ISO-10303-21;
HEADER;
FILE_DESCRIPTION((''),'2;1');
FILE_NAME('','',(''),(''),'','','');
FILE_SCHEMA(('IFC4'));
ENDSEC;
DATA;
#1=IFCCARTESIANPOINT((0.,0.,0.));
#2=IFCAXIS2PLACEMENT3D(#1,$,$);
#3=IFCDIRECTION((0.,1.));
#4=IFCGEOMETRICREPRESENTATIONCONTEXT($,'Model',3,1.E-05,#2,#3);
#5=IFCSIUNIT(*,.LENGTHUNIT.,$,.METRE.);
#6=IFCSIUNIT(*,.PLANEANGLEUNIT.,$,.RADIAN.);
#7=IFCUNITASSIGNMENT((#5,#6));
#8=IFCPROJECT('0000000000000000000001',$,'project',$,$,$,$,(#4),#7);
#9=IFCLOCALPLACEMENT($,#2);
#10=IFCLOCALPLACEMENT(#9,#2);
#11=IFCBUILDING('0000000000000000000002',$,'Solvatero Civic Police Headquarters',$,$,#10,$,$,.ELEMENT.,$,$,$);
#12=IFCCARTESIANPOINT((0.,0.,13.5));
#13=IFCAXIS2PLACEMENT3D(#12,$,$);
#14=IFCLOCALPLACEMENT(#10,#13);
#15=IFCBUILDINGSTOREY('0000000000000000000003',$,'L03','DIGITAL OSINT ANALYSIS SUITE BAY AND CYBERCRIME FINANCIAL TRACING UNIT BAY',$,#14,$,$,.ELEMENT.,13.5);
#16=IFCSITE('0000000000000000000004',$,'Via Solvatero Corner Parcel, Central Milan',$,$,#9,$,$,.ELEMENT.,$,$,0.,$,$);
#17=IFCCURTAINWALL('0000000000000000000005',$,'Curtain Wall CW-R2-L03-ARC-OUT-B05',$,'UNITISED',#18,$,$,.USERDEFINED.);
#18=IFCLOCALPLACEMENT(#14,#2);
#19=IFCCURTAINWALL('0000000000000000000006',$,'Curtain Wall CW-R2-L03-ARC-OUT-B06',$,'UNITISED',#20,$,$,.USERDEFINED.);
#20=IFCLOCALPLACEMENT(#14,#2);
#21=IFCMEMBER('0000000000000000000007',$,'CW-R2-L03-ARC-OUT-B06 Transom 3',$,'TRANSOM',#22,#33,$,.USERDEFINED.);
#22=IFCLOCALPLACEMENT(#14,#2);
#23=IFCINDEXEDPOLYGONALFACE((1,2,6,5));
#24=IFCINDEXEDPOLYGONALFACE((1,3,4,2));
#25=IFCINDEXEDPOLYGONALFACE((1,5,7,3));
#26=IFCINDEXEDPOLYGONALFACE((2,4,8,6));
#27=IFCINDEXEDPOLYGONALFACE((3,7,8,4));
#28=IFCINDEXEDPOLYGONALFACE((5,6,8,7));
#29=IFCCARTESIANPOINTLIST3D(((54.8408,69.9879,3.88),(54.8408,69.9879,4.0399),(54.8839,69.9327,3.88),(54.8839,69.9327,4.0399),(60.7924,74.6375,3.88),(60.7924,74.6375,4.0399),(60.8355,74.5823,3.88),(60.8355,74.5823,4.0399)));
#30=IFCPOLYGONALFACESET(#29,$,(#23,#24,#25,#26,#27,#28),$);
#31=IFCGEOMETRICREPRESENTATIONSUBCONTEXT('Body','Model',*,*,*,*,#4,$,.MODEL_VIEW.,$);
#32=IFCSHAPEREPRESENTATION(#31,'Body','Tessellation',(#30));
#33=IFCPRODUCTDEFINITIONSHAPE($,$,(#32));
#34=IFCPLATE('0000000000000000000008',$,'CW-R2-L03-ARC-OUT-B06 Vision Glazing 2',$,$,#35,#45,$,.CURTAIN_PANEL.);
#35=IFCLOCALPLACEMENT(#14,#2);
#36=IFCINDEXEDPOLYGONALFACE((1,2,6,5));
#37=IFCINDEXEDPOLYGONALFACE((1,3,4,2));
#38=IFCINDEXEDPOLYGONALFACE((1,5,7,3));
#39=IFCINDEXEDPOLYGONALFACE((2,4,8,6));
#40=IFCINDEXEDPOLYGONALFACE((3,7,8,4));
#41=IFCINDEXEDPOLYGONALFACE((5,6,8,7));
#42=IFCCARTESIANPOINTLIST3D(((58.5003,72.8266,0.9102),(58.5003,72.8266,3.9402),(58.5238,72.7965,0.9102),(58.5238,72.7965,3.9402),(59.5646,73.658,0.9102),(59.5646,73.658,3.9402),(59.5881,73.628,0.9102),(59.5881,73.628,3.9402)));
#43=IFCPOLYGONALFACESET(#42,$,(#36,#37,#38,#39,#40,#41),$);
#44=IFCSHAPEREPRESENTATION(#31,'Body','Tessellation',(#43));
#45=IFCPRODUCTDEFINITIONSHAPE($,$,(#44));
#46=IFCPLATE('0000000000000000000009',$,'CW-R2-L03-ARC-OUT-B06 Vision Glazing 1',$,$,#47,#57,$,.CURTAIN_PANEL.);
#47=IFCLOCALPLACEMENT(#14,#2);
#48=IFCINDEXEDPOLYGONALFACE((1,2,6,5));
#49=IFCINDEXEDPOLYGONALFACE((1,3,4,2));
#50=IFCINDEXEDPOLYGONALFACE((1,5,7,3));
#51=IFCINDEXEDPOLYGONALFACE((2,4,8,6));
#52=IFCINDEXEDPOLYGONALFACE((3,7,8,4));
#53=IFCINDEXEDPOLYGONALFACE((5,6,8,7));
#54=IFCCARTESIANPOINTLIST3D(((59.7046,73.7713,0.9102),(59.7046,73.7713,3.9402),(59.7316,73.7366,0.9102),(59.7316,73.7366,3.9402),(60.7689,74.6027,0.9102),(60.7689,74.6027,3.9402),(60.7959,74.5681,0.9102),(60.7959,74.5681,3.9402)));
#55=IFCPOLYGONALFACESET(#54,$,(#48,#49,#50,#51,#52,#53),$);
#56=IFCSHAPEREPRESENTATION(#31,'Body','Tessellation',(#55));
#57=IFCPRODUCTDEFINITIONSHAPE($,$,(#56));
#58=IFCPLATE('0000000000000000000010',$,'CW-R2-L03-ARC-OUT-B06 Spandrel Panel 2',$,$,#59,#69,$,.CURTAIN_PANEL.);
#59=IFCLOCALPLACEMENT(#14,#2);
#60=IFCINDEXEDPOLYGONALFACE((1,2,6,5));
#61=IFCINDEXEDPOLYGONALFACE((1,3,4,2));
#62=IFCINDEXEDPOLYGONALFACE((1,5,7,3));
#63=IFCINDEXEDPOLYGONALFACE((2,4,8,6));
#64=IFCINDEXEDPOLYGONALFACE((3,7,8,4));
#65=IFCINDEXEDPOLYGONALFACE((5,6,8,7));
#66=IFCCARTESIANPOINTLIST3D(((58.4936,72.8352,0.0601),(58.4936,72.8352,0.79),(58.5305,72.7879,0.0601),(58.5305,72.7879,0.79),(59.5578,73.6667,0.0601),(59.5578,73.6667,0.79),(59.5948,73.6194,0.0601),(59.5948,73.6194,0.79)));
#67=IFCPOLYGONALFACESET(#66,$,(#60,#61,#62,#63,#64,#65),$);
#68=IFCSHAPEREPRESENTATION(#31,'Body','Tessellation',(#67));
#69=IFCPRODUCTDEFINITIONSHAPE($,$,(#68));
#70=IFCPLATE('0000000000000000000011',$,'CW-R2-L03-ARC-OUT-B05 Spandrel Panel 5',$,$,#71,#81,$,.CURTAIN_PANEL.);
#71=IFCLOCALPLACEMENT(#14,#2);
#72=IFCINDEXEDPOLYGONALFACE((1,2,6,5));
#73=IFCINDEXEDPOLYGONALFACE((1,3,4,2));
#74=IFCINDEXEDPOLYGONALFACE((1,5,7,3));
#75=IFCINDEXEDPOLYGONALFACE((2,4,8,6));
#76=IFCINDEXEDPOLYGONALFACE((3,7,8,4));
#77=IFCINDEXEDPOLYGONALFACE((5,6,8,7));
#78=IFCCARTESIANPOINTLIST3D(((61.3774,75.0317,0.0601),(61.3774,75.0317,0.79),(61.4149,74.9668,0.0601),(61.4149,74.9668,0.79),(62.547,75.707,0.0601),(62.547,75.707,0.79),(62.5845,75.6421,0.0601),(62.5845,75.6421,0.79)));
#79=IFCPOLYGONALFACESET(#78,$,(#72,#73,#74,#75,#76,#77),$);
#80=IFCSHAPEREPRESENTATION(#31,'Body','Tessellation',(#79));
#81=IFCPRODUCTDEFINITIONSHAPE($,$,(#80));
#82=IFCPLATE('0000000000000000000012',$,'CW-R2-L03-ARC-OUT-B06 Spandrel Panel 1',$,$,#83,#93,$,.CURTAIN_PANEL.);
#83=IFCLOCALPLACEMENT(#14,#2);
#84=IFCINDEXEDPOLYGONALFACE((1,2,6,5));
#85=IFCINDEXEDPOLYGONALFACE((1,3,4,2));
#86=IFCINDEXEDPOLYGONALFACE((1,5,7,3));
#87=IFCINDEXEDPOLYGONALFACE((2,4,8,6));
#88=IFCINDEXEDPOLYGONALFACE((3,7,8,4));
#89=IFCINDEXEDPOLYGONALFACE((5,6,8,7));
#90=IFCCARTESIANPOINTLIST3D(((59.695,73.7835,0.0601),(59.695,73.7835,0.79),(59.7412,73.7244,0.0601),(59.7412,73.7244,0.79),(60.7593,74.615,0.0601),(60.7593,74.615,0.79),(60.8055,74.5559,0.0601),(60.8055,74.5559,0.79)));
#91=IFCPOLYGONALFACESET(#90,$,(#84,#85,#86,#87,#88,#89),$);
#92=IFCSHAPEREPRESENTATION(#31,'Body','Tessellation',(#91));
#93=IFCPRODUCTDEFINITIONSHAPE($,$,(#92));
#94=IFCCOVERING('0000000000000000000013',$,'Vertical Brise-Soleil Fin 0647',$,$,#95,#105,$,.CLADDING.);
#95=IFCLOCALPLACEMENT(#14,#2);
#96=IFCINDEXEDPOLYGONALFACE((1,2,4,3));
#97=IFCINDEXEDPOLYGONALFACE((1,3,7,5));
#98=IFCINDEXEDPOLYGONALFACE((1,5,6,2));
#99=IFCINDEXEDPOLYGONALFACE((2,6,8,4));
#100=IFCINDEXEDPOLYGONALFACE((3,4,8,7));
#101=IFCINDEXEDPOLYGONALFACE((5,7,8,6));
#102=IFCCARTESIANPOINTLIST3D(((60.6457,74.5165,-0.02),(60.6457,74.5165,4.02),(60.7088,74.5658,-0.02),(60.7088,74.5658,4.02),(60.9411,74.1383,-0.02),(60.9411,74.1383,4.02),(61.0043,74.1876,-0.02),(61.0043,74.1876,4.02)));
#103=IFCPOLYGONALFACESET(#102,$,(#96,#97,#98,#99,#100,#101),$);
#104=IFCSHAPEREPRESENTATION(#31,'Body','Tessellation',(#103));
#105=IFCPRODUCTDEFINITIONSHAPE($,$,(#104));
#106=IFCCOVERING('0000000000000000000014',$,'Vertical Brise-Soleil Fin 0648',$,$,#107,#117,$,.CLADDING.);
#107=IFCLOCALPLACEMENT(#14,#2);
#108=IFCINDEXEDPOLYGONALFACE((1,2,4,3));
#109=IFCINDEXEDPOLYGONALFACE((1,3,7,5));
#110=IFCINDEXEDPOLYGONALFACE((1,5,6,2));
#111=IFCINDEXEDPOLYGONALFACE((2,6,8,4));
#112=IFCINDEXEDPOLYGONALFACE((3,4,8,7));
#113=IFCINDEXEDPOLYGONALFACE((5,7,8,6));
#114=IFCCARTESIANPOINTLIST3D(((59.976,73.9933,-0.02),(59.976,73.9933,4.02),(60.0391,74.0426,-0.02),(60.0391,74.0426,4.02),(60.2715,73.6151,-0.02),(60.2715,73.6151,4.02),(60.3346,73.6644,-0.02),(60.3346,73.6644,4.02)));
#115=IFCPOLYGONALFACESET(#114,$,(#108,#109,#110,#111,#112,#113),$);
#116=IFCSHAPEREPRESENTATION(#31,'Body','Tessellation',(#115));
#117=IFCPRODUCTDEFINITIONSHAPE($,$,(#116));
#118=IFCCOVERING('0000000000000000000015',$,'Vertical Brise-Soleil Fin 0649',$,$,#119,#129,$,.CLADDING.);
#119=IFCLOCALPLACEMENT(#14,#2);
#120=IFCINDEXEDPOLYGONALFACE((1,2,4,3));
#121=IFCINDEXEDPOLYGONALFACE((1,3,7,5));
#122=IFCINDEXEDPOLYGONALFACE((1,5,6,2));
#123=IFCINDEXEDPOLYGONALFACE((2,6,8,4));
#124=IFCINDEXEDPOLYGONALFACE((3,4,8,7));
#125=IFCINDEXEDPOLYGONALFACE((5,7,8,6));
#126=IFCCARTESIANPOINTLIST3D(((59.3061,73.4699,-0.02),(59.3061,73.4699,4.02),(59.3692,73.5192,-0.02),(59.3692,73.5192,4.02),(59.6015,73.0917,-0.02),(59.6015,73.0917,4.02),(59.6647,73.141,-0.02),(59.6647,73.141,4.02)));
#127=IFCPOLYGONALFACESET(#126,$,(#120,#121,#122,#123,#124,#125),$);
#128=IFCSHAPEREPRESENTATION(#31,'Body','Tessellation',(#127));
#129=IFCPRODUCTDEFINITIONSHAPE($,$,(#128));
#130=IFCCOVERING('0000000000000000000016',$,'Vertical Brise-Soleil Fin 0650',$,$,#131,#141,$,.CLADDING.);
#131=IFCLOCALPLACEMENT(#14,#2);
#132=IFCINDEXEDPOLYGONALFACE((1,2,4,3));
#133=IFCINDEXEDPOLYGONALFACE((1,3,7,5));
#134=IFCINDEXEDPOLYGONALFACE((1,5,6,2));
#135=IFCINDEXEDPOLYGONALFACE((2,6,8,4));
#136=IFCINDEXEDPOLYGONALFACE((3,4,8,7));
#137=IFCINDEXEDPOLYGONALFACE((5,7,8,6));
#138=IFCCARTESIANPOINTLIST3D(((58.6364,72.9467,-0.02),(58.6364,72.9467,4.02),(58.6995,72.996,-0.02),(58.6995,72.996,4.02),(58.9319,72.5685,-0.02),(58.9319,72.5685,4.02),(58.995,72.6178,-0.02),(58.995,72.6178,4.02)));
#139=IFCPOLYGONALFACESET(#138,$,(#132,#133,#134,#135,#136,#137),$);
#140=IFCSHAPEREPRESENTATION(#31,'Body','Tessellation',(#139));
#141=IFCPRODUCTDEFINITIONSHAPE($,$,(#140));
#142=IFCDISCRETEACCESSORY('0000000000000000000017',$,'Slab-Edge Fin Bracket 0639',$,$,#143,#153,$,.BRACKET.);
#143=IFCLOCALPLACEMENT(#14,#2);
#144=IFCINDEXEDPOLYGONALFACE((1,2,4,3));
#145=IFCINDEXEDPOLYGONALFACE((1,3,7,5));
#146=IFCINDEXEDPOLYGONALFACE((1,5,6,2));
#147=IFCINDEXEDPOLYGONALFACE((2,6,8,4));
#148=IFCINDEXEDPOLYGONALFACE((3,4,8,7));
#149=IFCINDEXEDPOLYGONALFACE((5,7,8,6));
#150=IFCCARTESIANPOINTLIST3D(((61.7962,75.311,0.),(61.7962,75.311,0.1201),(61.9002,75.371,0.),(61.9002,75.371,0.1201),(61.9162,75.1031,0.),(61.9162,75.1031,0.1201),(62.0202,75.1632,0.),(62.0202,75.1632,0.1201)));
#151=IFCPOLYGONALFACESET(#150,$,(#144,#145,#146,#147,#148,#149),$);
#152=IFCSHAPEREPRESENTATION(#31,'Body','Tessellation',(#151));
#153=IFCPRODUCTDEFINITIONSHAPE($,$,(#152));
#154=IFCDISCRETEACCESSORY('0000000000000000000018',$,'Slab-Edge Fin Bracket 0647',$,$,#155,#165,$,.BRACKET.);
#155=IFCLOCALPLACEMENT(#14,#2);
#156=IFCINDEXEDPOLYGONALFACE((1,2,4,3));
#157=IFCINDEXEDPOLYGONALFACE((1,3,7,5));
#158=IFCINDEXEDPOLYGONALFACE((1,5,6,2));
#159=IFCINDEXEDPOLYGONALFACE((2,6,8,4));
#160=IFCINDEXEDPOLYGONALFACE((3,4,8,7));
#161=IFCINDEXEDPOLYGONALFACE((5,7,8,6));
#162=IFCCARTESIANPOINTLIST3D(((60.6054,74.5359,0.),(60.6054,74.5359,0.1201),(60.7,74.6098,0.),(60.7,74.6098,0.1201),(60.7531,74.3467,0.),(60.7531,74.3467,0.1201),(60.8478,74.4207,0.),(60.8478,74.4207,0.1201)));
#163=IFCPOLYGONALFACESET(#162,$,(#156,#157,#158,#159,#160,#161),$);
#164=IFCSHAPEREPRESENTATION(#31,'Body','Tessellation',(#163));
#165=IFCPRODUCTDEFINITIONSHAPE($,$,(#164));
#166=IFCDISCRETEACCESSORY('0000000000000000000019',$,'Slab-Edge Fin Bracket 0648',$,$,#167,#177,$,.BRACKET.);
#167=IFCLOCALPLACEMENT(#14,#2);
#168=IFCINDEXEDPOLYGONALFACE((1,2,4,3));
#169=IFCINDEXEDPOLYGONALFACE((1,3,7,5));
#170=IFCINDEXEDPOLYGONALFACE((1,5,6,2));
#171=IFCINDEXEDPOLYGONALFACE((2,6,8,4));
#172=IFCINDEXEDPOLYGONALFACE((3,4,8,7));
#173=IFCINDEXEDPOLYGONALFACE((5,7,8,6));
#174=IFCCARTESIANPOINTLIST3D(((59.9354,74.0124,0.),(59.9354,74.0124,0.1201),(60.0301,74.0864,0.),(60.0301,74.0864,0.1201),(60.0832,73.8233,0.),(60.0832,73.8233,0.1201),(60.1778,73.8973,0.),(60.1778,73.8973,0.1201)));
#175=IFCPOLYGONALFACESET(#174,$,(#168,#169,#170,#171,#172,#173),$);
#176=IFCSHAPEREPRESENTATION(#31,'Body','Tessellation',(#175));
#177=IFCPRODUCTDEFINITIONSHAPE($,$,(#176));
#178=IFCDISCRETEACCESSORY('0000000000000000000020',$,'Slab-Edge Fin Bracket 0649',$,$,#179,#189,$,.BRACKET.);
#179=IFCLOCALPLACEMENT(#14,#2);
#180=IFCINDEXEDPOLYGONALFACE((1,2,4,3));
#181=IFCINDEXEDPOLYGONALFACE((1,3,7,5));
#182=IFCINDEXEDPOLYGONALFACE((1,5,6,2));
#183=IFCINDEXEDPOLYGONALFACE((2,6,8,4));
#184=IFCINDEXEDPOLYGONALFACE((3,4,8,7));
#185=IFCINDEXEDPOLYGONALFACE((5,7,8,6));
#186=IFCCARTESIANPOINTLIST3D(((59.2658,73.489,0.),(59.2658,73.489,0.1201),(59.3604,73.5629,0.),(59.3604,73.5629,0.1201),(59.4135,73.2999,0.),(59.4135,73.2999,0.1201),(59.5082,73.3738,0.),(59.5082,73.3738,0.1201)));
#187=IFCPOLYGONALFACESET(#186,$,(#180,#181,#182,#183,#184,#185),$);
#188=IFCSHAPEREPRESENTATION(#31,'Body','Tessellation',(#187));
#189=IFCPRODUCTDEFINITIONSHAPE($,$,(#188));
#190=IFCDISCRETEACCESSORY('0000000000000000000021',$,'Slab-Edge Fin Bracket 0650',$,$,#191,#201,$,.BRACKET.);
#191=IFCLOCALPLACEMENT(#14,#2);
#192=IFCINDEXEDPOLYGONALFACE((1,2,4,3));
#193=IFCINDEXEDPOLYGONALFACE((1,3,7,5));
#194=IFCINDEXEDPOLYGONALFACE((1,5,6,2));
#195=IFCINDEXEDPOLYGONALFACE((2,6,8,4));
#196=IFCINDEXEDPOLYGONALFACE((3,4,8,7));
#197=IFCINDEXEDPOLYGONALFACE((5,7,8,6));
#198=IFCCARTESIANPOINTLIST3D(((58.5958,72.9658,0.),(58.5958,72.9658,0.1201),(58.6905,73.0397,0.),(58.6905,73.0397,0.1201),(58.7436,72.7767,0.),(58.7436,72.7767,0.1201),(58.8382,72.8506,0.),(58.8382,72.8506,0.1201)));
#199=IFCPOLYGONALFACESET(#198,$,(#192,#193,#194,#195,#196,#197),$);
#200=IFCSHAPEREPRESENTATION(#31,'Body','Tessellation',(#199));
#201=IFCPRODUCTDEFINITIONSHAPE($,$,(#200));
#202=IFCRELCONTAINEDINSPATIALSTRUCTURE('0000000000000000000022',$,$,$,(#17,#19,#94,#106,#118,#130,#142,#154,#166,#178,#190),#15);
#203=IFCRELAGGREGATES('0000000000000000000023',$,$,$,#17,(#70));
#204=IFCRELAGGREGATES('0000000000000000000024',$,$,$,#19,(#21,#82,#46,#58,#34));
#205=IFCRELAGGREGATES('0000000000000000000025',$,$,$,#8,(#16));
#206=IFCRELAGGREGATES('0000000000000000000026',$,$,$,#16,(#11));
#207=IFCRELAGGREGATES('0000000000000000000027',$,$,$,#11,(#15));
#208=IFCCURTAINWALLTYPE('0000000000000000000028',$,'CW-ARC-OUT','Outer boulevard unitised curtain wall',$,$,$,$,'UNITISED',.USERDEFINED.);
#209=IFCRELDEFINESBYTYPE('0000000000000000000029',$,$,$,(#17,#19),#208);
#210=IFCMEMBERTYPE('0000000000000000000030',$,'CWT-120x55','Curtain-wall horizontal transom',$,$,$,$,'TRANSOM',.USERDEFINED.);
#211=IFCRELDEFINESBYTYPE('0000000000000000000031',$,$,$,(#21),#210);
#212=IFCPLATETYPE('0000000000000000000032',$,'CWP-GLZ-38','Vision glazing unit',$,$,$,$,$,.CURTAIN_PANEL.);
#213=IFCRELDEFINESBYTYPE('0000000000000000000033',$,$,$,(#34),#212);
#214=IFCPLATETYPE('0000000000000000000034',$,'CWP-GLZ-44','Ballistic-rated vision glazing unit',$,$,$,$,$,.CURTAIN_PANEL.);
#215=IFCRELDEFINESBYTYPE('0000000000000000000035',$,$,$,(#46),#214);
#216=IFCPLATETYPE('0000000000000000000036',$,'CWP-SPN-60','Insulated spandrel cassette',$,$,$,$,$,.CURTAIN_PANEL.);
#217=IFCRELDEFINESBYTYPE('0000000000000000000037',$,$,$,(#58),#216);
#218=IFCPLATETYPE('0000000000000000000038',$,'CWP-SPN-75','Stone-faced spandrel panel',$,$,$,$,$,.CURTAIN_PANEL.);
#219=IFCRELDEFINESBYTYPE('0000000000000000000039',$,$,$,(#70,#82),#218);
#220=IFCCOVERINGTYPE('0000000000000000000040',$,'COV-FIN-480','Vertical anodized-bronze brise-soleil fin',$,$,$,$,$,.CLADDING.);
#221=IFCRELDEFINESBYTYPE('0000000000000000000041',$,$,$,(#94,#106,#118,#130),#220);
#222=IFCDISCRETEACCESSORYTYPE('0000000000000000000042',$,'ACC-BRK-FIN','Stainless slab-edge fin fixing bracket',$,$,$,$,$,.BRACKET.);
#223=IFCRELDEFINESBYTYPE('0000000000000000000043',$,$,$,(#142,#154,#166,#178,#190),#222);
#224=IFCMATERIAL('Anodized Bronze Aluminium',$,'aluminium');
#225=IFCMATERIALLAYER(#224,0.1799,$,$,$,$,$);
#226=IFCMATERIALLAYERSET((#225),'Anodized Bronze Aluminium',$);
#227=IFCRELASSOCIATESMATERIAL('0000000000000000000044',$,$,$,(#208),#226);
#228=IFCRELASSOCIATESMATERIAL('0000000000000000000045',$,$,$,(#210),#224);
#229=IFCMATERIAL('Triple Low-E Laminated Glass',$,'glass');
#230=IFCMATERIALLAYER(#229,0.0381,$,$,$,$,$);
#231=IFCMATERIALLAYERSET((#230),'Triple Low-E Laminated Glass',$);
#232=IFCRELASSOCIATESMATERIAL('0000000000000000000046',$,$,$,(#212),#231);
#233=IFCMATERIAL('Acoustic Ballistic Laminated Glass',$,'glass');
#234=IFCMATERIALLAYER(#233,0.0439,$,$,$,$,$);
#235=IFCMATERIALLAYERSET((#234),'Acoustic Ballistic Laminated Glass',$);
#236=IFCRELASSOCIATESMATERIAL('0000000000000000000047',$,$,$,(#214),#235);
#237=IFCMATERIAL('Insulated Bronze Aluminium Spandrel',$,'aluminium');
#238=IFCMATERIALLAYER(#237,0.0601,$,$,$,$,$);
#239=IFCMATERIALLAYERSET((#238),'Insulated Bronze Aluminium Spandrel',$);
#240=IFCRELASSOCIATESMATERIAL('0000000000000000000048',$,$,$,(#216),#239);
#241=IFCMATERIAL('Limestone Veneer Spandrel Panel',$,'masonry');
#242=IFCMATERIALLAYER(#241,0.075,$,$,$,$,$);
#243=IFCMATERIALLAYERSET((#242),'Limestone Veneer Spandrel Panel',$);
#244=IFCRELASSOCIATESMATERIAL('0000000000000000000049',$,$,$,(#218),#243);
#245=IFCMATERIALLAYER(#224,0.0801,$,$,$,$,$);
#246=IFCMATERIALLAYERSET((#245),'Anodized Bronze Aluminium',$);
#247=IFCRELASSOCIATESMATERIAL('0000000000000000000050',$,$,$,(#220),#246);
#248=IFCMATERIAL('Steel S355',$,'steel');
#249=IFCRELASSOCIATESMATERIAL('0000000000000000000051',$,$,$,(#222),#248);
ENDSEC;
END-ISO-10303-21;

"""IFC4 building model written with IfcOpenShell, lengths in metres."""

from ifc_helpers import new_model, si_unit, direction, frame, origin, origin_2d, place, context, subcontext, project, spatial, rectangle, extrude, material, layer, layer_set, material_profile, profile_set, type_object, element, aggregate, save


model = new_model("IFC4")

# Units and contexts
model_context = context("Model", 3, precision=1e-05, world=origin(), true_north=direction((0.0, 1.0)))
body_context = subcontext(model_context, "Body", "Model", "MODEL_VIEW")
ifc_project = project(units=[si_unit("LENGTHUNIT", "METRE"), si_unit("PLANEANGLEUNIT", "RADIAN")], contexts=[model_context])

# Site, building, storey
site_placement = place(None, origin())
site = spatial("IfcSite", under=ifc_project, at=site_placement, Name="Via Solvatero Corner Parcel, Central Milan", CompositionType="ELEMENT", RefElevation=0.0)
building_placement = place(site_placement, origin())
building = spatial("IfcBuilding", under=site, at=building_placement, Name="Solvatero Civic Police Headquarters", CompositionType="ELEMENT")
storey_placement = place(building_placement, frame((0.0, 0.0, 13.5)))
storey = spatial("IfcBuildingStorey", under=building, at=storey_placement, Name="L03", Description="DIGITAL OSINT ANALYSIS SUITE BAY AND CYBERCRIME FINANCIAL TRACING UNIT BAY", CompositionType="ELEMENT", Elevation=13.5)

# Shared definitions
ifc_material_1 = material(Name="Steel S355", Category="steel")

# Curtain wall
ifc_material_2 = material(Name="Anodized Bronze Aluminium", Category="aluminium")
ifc_layer_1 = layer(ifc_material_2, 0.1799)
ifc_layer_set_1 = layer_set([ifc_layer_1], Name="Anodized Bronze Aluminium")
curtain_wall_type = type_object("IfcCurtainWallType", Name="CW-ARC-OUT", Description="Outer boulevard unitised curtain wall", ElementType="UNITISED", PredefinedType="USERDEFINED", material=ifc_layer_set_1)
curtain_wall_1_placement = place(storey_placement, origin())
curtain_wall_1 = element("IfcCurtainWall", 1, at=curtain_wall_1_placement, inside=storey, type_object=curtain_wall_type, Name="Curtain Wall CW-R2-L03-ARC-OUT-B05", ObjectType="UNITISED", PredefinedType="USERDEFINED")

# Curtain wall, member, plates
curtain_wall_2_placement = place(storey_placement, origin())
curtain_wall_2 = element("IfcCurtainWall", 2, at=curtain_wall_2_placement, inside=storey, type_object=curtain_wall_type, Name="Curtain Wall CW-R2-L03-ARC-OUT-B06", ObjectType="UNITISED", PredefinedType="USERDEFINED")
ifc_material_profile_1 = material_profile(ifc_material_2, rectangle(XDim=0.0701, YDim=0.1599, at=origin_2d()), Name="ALU TRANSOM 70x160")
ifc_profile_set_1 = profile_set([ifc_material_profile_1], Name="Anodized Bronze Aluminium")
member_type_1 = type_object("IfcMemberType", Name="CWT-120x55", Description="Curtain-wall horizontal transom", ElementType="TRANSOM", PredefinedType="USERDEFINED", material=ifc_profile_set_1)
member_1_placement = place(storey_placement, frame((60.814, 74.6099, 3.96), z_axis=(-0.788029, -0.615638, 0.0), x_axis=(0.615638, -0.788029, 0.0)))
member_1 = element("IfcMember", 3, at=member_1_placement, type_object=member_type_1, Name="CW-R2-L03-ARC-OUT-B06 Transom 3", ObjectType="TRANSOM", PredefinedType="USERDEFINED", context=body_context, shape_type="SweptSolid", body=[
    extrude(rectangle(XDim=0.0701, YDim=0.1599, at=origin_2d()), origin(), (0.0, 0.0, 1.0), 7.5525),
])
ifc_material_3 = material(Name="Triple Low-E Laminated Glass", Category="glass")
ifc_layer_2 = layer(ifc_material_3, 0.0381)
ifc_layer_set_2 = layer_set([ifc_layer_2], Name="Triple Low-E Laminated Glass")
plate_type_1 = type_object("IfcPlateType", Name="CWP-GLZ-38", Description="Vision glazing unit", PredefinedType="CURTAIN_PANEL", material=ifc_layer_set_2)
plate_1_placement = place(storey_placement, frame((59.0442, 73.2273, 0.9102), z_axis=(0.0, 0.0, 1.0), x_axis=(-0.788021, -0.615648, 0.0)))
plate_1 = element("IfcPlate", 4, at=plate_1_placement, type_object=plate_type_1, Name="CW-R2-L03-ARC-OUT-B06 Vision Glazing 2", PredefinedType="CURTAIN_PANEL", context=body_context, shape_type="SweptSolid", body=[
    extrude(rectangle(XDim=1.3506, YDim=0.0381, at=origin_2d()), origin(), (0.0, 0.0, 1.0), 3.03),
])
ifc_material_4 = material(Name="Acoustic Ballistic Laminated Glass", Category="glass")
ifc_layer_3 = layer(ifc_material_4, 0.0439)
ifc_layer_set_3 = layer_set([ifc_layer_3], Name="Acoustic Ballistic Laminated Glass")
plate_type_2 = type_object("IfcPlateType", Name="CWP-GLZ-44", Description="Ballistic-rated vision glazing unit", PredefinedType="CURTAIN_PANEL", material=ifc_layer_set_3)
plate_2_placement = place(storey_placement, frame((60.2502, 74.1697, 0.9102), z_axis=(0.0, 0.0, 1.0), x_axis=(-0.788021, -0.615648, 0.0)))
plate_2 = element("IfcPlate", 5, at=plate_2_placement, type_object=plate_type_2, Name="CW-R2-L03-ARC-OUT-B06 Vision Glazing 1", PredefinedType="CURTAIN_PANEL", context=body_context, shape_type="SweptSolid", body=[
    extrude(rectangle(XDim=1.3506, YDim=0.0439, at=origin_2d()), origin(), (0.0, 0.0, 1.0), 3.03),
])
ifc_material_5 = material(Name="Insulated Bronze Aluminium Spandrel", Category="aluminium")
ifc_layer_4 = layer(ifc_material_5, 0.0601)
ifc_layer_set_4 = layer_set([ifc_layer_4], Name="Insulated Bronze Aluminium Spandrel")
plate_type_3 = type_object("IfcPlateType", Name="CWP-SPN-60", Description="Insulated spandrel cassette", PredefinedType="CURTAIN_PANEL", material=ifc_layer_set_4)
plate_3_placement = place(storey_placement, frame((59.0442, 73.2273, 0.0601), z_axis=(0.0, 0.0, 1.0), x_axis=(-0.788021, -0.615648, 0.0)))
plate_3 = element("IfcPlate", 6, at=plate_3_placement, type_object=plate_type_3, Name="CW-R2-L03-ARC-OUT-B06 Spandrel Panel 2", PredefinedType="CURTAIN_PANEL", context=body_context, shape_type="SweptSolid", body=[
    extrude(rectangle(XDim=1.3506, YDim=0.0601, at=origin_2d()), origin(), (0.0, 0.0, 1.0), 0.73),
])

# Plates
ifc_material_6 = material(Name="Limestone Veneer Spandrel Panel", Category="masonry")
ifc_layer_5 = layer(ifc_material_6, 0.075)
ifc_layer_set_5 = layer_set([ifc_layer_5], Name="Limestone Veneer Spandrel Panel")
plate_type_4 = type_object("IfcPlateType", Name="CWP-SPN-75", Description="Stone-faced spandrel panel", PredefinedType="CURTAIN_PANEL", material=ifc_layer_set_5)
plate_4_placement = place(storey_placement, frame((61.981, 75.3369, 0.0601), z_axis=(0.0, 0.0, 1.0), x_axis=(-0.866034, -0.499985, 0.0)))
plate_4 = element("IfcPlate", 7, at=plate_4_placement, type_object=plate_type_4, Name="CW-R2-L03-ARC-OUT-B05 Spandrel Panel 5", PredefinedType="CURTAIN_PANEL", context=body_context, shape_type="SweptSolid", body=[
    extrude(rectangle(XDim=1.3506, YDim=0.075, at=origin_2d()), origin(), (0.0, 0.0, 1.0), 0.73),
])
aggregate(curtain_wall_1, [plate_4])
plate_5_placement = place(storey_placement, frame((60.2502, 74.1697, 0.0601), z_axis=(0.0, 0.0, 1.0), x_axis=(-0.788021, -0.615648, 0.0)))
plate_5 = element("IfcPlate", 8, at=plate_5_placement, type_object=plate_type_4, Name="CW-R2-L03-ARC-OUT-B06 Spandrel Panel 1", PredefinedType="CURTAIN_PANEL", context=body_context, shape_type="SweptSolid", body=[
    extrude(rectangle(XDim=1.3506, YDim=0.075, at=origin_2d()), origin(), (0.0, 0.0, 1.0), 0.73),
])
aggregate(curtain_wall_2, [member_1, plate_5, plate_2, plate_3, plate_1])

# Coverings
ifc_layer_6 = layer(ifc_material_2, 0.0801)
ifc_layer_set_6 = layer_set([ifc_layer_6], Name="Anodized Bronze Aluminium")
covering_type = type_object("IfcCoveringType", Name="COV-FIN-480", Description="Vertical anodized-bronze brise-soleil fin", PredefinedType="CLADDING", material=ifc_layer_set_6)
for number, where, z_axis, x_axis, name in (
    (9, (60.825, 74.3521, -0.02), (0.0, 0.0, 1.0), (-0.788021, -0.615648, 0.0), "Vertical Brise-Soleil Fin 0647"),
    (10, (60.1553, 73.8289, -0.02), (0.0, 0.0, 1.0), (-0.788021, -0.615648, 0.0), "Vertical Brise-Soleil Fin 0648"),
    (11, (59.4854, 73.3054, -0.02), (0.0, 0.0, 1.0), (-0.788021, -0.615648, 0.0), "Vertical Brise-Soleil Fin 0649"),
    (12, (58.8157, 72.7822, -0.02), (0.0, 0.0, 1.0), (-0.788021, -0.615648, 0.0), "Vertical Brise-Soleil Fin 0650"),
):
    element("IfcCovering", number, at=place(storey_placement, frame(where, z_axis=z_axis, x_axis=x_axis)), inside=storey, type_object=covering_type, Name=name, PredefinedType="CLADDING", context=body_context, shape_type="SweptSolid", body=[
        extrude(rectangle(XDim=0.0801, YDim=0.48, at=origin_2d()), origin(), (0.0, 0.0, 1.0), 4.04),
    ])

# Discrete accessories
discrete_accessory_type = type_object("IfcDiscreteAccessoryType", Name="ACC-BRK-FIN", Description="Stainless slab-edge fin fixing bracket", PredefinedType="BRACKET", material=ifc_material_1)
for number, where, z_axis, x_axis, name in (
    (13, (61.9082, 75.2371, 0.0), (0.0, 0.0, 1.0), (-0.866034, -0.499985, 0.0), "Slab-Edge Fin Bracket 0639"),
    (14, (60.7266, 74.4783, 0.0), (0.0, 0.0, 1.0), (-0.788021, -0.615648, 0.0), "Slab-Edge Fin Bracket 0647"),
    (15, (60.0566, 73.9548, 0.0), (0.0, 0.0, 1.0), (-0.788021, -0.615648, 0.0), "Slab-Edge Fin Bracket 0648"),
    (16, (59.387, 73.4314, 0.0), (0.0, 0.0, 1.0), (-0.788021, -0.615648, 0.0), "Slab-Edge Fin Bracket 0649"),
    (17, (58.717, 72.9082, 0.0), (0.0, 0.0, 1.0), (-0.788021, -0.615648, 0.0), "Slab-Edge Fin Bracket 0650"),
):
    element("IfcDiscreteAccessory", number, at=place(storey_placement, frame(where, z_axis=z_axis, x_axis=x_axis)), inside=storey, type_object=discrete_accessory_type, Name=name, PredefinedType="BRACKET", context=body_context, shape_type="SweptSolid", body=[
        extrude(rectangle(XDim=0.1201, YDim=0.24, at=origin_2d()), origin(), (0.0, 0.0, 1.0), 0.1201),
    ])

save(model, "model.ifc")
